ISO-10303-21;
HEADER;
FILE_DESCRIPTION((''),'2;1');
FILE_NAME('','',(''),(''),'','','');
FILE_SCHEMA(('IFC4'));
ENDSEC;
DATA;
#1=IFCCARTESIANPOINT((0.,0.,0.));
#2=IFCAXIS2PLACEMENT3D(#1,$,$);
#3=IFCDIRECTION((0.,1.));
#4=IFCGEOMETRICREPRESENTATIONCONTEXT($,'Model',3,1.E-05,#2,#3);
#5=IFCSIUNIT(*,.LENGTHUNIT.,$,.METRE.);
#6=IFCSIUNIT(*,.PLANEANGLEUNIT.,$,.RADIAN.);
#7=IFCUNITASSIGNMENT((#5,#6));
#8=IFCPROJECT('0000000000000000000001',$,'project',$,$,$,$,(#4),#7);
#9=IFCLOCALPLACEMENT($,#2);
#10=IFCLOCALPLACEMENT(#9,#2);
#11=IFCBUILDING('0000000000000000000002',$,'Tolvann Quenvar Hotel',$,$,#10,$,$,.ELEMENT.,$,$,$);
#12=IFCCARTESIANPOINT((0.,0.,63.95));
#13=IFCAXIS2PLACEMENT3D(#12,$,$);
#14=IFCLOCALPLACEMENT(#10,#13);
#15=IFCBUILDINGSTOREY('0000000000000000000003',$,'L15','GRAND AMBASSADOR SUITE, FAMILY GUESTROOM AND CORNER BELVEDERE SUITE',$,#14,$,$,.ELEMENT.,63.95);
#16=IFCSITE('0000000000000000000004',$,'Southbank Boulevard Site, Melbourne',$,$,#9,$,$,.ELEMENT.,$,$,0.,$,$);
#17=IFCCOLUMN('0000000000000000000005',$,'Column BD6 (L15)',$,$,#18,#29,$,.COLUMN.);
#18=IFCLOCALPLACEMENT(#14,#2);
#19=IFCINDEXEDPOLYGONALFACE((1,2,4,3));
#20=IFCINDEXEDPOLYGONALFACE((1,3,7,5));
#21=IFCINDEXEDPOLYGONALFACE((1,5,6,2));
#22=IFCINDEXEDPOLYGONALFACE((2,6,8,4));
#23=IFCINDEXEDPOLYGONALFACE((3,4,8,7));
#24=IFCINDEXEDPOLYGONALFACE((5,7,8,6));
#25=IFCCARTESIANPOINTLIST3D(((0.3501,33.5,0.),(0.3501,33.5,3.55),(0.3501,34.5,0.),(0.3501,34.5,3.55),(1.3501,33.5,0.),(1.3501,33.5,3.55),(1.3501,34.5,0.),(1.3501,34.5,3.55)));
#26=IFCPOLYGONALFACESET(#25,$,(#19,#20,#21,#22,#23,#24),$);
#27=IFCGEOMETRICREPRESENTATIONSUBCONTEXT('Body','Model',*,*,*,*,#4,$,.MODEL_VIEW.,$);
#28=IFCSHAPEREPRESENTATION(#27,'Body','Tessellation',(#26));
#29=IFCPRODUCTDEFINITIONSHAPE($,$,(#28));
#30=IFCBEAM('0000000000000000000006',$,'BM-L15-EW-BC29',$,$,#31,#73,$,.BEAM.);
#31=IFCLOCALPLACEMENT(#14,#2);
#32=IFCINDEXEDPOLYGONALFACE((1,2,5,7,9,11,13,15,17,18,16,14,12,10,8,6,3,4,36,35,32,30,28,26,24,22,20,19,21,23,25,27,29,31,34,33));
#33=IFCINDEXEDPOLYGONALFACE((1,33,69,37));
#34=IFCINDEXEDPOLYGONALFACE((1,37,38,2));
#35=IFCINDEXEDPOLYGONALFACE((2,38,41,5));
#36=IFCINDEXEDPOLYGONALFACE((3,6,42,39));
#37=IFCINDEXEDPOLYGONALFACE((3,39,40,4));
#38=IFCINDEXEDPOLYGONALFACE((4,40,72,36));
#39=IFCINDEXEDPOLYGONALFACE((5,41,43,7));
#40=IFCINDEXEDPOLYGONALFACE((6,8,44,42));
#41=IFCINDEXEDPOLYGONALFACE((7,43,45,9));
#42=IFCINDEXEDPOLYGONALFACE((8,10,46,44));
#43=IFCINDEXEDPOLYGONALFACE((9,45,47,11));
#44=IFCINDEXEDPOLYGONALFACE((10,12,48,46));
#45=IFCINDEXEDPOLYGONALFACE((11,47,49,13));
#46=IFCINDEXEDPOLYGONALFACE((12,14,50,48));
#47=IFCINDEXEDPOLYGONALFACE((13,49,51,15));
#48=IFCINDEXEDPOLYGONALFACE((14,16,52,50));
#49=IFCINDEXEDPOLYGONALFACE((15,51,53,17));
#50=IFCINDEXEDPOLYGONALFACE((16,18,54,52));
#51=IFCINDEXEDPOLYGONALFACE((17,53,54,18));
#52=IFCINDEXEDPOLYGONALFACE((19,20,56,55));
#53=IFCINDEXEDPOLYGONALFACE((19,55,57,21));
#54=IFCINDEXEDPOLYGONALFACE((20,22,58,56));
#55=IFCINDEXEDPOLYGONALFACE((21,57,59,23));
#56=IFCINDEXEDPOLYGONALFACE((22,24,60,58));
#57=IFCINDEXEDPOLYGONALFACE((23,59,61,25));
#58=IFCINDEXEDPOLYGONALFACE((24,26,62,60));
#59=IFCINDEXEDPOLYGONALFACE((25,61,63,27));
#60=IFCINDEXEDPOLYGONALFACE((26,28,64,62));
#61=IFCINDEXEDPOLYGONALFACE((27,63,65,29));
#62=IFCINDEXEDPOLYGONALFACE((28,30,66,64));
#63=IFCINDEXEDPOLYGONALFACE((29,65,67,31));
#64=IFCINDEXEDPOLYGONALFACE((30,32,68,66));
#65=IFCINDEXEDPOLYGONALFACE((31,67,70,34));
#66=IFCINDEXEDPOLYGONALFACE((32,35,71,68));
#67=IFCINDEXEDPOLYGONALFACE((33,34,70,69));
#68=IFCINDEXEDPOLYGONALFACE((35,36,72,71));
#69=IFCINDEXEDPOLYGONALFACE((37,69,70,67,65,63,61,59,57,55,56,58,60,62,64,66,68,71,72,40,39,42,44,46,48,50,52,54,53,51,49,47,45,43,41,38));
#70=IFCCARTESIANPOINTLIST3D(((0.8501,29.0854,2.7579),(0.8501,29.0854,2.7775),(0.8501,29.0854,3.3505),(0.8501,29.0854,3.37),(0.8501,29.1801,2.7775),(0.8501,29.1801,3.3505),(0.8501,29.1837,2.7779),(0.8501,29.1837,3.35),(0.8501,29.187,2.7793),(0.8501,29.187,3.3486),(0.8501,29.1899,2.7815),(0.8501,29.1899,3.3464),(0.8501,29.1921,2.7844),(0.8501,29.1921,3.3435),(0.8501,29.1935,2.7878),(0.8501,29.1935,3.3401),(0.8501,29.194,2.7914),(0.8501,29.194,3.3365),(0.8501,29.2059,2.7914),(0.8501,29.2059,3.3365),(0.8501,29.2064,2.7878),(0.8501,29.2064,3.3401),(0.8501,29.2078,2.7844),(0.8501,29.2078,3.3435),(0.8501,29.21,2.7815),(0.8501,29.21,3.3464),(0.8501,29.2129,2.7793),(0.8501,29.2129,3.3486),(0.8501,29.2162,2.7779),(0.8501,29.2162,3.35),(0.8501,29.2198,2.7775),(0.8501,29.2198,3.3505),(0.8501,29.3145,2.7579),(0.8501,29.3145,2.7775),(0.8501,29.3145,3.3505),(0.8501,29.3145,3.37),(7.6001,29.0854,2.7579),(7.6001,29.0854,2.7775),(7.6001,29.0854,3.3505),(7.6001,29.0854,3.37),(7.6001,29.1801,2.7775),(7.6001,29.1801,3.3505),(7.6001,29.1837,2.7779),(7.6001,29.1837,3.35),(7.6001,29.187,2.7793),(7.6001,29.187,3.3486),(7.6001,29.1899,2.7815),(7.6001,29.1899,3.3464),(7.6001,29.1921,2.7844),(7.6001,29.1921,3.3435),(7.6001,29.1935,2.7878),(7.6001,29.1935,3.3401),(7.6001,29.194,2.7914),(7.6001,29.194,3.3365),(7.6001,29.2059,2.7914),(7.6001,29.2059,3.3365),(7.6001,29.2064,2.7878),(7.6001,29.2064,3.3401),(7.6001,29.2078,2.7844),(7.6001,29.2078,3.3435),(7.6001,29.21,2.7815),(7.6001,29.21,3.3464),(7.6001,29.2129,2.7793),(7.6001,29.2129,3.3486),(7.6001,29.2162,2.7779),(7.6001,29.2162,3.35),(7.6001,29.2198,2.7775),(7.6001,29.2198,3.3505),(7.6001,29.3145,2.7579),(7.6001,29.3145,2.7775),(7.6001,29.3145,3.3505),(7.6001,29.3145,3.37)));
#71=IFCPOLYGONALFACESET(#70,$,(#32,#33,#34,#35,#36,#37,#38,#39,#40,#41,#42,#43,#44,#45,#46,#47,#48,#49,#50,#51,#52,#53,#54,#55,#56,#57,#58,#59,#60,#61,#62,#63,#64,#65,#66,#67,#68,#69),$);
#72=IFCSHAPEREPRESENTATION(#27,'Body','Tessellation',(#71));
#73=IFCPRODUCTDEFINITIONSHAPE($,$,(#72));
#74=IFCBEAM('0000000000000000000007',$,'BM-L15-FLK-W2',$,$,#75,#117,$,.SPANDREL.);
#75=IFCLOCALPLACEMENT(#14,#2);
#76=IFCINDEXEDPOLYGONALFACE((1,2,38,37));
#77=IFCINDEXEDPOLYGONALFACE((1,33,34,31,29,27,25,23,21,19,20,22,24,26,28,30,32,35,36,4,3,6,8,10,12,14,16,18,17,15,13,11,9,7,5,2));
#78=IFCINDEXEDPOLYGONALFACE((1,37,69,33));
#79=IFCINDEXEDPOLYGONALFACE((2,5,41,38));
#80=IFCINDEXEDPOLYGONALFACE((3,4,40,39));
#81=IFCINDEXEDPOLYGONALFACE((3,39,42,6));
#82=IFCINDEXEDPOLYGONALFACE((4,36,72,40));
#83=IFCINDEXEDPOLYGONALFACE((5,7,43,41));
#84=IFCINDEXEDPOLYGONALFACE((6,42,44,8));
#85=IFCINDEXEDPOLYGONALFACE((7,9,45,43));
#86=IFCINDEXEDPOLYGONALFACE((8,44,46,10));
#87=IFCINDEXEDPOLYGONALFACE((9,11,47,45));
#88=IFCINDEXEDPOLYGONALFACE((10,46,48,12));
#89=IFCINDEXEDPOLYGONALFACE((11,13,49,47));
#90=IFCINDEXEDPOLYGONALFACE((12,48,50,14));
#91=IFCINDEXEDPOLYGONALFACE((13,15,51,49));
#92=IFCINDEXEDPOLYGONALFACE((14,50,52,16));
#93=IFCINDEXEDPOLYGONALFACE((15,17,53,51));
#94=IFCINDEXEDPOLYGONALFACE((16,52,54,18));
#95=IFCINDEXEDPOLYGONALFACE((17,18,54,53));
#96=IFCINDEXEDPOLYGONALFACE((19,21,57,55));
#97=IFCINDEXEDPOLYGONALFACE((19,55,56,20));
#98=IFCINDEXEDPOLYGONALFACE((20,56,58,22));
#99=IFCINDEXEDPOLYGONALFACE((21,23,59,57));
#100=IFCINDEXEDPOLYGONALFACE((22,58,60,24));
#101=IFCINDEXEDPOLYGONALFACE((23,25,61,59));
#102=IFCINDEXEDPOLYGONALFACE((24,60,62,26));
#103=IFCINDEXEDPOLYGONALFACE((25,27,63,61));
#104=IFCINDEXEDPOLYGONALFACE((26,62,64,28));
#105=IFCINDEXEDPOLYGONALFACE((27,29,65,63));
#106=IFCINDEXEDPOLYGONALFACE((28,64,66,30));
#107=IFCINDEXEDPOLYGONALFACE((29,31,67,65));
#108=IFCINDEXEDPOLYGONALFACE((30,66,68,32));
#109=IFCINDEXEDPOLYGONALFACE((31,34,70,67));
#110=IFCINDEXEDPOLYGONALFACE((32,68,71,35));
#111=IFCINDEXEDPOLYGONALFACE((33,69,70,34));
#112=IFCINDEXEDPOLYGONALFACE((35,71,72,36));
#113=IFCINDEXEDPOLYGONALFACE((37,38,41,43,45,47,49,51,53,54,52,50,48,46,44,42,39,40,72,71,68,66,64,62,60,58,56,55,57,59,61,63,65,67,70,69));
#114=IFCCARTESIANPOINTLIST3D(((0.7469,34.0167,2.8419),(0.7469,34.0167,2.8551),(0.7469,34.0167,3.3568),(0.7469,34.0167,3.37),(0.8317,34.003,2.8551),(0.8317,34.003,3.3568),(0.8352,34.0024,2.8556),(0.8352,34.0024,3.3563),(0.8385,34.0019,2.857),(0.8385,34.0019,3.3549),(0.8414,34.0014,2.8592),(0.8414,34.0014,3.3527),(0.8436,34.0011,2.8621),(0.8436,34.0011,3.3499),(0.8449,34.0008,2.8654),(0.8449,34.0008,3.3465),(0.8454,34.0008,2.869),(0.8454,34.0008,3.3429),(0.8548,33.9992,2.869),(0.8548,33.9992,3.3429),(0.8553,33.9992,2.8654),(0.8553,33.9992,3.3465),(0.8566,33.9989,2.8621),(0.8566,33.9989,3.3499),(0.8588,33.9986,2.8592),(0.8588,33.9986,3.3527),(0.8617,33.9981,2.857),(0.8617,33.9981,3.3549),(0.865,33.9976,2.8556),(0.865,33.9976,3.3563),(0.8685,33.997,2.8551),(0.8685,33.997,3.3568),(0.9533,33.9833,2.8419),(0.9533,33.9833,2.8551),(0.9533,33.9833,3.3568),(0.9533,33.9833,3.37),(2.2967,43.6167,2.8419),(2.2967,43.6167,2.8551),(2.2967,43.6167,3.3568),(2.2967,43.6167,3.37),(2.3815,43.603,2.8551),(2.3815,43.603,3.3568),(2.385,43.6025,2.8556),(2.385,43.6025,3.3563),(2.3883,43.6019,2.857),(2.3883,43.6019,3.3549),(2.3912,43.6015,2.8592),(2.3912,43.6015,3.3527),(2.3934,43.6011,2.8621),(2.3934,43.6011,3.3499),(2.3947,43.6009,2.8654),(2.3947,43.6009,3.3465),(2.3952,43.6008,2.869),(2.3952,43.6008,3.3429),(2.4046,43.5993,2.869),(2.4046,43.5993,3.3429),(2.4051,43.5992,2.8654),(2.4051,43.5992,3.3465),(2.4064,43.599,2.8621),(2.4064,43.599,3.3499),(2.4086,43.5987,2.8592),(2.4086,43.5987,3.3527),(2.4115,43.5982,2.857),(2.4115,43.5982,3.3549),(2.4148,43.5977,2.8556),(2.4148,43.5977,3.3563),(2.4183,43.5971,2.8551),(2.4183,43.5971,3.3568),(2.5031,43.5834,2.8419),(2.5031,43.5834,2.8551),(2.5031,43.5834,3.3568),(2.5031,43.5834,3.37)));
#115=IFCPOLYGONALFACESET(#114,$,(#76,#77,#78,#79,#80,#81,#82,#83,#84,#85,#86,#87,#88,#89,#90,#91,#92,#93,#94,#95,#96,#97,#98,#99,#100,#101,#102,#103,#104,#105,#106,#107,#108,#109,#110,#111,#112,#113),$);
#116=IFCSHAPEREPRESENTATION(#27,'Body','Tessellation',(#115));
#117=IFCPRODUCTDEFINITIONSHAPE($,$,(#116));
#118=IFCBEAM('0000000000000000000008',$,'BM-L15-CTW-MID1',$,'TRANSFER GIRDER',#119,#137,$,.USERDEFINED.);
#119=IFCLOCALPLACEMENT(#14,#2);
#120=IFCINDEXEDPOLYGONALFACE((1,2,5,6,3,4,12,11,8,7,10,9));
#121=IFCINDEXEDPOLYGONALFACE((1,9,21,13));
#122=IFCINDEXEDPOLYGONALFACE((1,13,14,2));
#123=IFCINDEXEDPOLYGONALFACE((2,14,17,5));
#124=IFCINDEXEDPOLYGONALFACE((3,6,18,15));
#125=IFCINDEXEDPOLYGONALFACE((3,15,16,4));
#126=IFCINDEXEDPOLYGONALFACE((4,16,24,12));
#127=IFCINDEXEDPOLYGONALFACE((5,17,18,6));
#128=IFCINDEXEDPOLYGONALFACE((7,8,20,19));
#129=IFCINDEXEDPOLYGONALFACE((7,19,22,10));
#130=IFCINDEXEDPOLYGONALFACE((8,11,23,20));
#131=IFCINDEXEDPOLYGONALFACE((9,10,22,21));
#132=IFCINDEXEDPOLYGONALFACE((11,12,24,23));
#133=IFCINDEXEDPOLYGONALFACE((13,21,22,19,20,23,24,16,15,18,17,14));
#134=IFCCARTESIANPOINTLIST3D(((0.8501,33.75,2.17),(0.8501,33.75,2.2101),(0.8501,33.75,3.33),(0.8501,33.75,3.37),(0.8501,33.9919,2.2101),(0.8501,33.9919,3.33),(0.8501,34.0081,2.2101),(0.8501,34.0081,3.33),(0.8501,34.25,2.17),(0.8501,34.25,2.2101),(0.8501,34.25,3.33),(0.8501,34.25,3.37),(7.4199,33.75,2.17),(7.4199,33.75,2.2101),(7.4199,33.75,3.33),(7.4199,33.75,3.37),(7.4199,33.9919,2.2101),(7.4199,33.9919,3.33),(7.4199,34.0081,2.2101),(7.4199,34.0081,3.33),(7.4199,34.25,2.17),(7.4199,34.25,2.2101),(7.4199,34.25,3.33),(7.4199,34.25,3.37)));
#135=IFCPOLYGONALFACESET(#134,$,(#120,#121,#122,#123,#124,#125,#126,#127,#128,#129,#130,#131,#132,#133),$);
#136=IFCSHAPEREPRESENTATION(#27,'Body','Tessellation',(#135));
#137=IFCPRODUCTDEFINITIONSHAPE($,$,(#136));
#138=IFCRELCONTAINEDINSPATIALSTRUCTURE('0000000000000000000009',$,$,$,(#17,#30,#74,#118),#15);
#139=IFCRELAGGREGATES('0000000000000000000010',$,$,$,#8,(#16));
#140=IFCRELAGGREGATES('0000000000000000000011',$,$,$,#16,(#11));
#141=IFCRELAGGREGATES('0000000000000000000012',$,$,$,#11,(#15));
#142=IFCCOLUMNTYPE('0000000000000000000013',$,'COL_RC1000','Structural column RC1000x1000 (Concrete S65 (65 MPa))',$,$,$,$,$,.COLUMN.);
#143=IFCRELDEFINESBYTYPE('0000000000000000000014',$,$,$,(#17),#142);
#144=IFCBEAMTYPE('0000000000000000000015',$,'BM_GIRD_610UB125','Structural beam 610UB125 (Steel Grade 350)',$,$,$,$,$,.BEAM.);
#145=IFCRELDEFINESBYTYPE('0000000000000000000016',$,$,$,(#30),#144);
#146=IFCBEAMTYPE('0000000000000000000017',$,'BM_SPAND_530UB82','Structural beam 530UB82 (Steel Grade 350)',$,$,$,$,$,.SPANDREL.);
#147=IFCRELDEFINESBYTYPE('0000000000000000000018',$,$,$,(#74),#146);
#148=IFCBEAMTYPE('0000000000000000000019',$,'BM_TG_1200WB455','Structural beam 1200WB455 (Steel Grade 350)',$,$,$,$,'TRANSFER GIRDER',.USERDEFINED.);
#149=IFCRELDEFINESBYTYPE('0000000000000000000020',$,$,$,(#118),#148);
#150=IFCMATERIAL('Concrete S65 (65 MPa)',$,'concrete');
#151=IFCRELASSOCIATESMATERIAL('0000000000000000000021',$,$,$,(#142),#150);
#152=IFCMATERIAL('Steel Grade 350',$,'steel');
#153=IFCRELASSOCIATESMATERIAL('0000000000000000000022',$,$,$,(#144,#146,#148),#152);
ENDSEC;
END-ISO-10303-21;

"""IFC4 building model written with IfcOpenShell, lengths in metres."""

from ifc_helpers import new_model, si_unit, direction, frame, origin, origin_2d, place, context, subcontext, project, spatial, rectangle, i_section, extrude, source, transform, mapped, material, material_profile, profile_set, type_object, type_shapes, element, save


model = new_model("IFC4")

# Units and contexts
model_context = context("Model", 3, precision=1e-05, world=origin(), true_north=direction((0.0, 1.0)))
body_context = subcontext(model_context, "Body", "Model", "MODEL_VIEW")
ifc_project = project(units=[si_unit("LENGTHUNIT", "METRE"), si_unit("PLANEANGLEUNIT", "RADIAN")], contexts=[model_context])

# Site, building, storey
site_placement = place(None, origin())
site = spatial("IfcSite", under=ifc_project, at=site_placement, Name="Southbank Boulevard Site, Melbourne", CompositionType="ELEMENT", RefElevation=0.0)
building_placement = place(site_placement, origin())
building = spatial("IfcBuilding", under=site, at=building_placement, Name="Tolvann Quenvar Hotel", CompositionType="ELEMENT")
storey_placement = place(building_placement, frame((0.0, 0.0, 63.95)))
storey = spatial("IfcBuildingStorey", under=building, at=storey_placement, Name="L15", Description="GRAND AMBASSADOR SUITE, FAMILY GUESTROOM AND CORNER BELVEDERE SUITE", CompositionType="ELEMENT", Elevation=63.95)

# Column
ifc_material_1 = material(Name="Concrete S65 (65 MPa)", Category="concrete")
ifc_material_profile_1 = material_profile(ifc_material_1, rectangle(XDim=1.0, YDim=1.0, at=origin_2d()), Name="RC1000x1000")
ifc_profile_set_1 = profile_set([ifc_material_profile_1], Name="Concrete S65 (65 MPa)")
column_type = type_object("IfcColumnType", Name="COL_RC1000", Description="Structural column RC1000x1000 (Concrete S65 (65 MPa))", PredefinedType="COLUMN", material=ifc_profile_set_1)
shared_shape_1 = source(origin(), body_context, "Body", "SweptSolid", [
    extrude(rectangle(XDim=1.0, YDim=1.0, at=origin_2d()), origin(), (0.0, 0.0, 1.0), 3.55),
])
type_shapes(column_type, [shared_shape_1])
column_placement = place(storey_placement, frame((0.8501, 34.0, 0.0), z_axis=(0.0, 0.0, 1.0), x_axis=(1.0, 0.0, 0.0)))
element("IfcColumn", 1, at=column_placement, inside=storey, type_object=column_type, Name="Column BD6 (L15)", PredefinedType="COLUMN", context=body_context, shape_type="MappedRepresentation", body=[
    mapped(shared_shape_1, transform((0.0, 0.0, 0.0), x_axis=(1.0, 0.0, 0.0), y_axis=(0.0, 1.0, 0.0), z_axis=(0.0, 0.0, 1.0), scale=1.0)),
])

# Beams
ifc_material_2 = material(Name="Steel Grade 350", Category="steel")
ifc_material_profile_2 = material_profile(ifc_material_2, i_section(OverallWidth=0.229, OverallDepth=0.6121, WebThickness=0.012, FlangeThickness=0.0195, FilletRadius=0.0139, at=origin_2d()), Name="610UB125")
ifc_profile_set_2 = profile_set([ifc_material_profile_2], Name="Steel Grade 350")
beam_type_1 = type_object("IfcBeamType", Name="BM_GIRD_610UB125", Description="Structural beam 610UB125 (Steel Grade 350)", PredefinedType="BEAM", material=ifc_profile_set_2)
shared_shape_2 = source(origin(), body_context, "Body", "SweptSolid", [
    extrude(i_section(OverallWidth=0.229, OverallDepth=0.6121, WebThickness=0.012, FlangeThickness=0.0195, FilletRadius=0.0139, at=origin_2d()), origin(), (0.0, 0.0, 1.0), 6.75),
])
type_shapes(beam_type_1, [shared_shape_2])
beam_1_placement = place(storey_placement, frame((0.8501, 29.2, 3.064), z_axis=(1.0, 0.0, 0.0), x_axis=(0.0, 1.0, 0.0)))
element("IfcBeam", 2, at=beam_1_placement, inside=storey, type_object=beam_type_1, Name="BM-L15-EW-BC29", PredefinedType="BEAM", context=body_context, shape_type="MappedRepresentation", body=[
    mapped(shared_shape_2, transform((0.0, 0.0, 0.0), x_axis=(1.0, 0.0, 0.0), y_axis=(0.0, 1.0, 0.0), z_axis=(0.0, 0.0, 1.0), scale=1.0)),
])
ifc_material_profile_3 = material_profile(ifc_material_2, i_section(OverallWidth=0.209, OverallDepth=0.5281, WebThickness=0.0095, FlangeThickness=0.0132, FilletRadius=0.0139, at=origin_2d()), Name="530UB82")
ifc_profile_set_3 = profile_set([ifc_material_profile_3], Name="Steel Grade 350")
beam_type_2 = type_object("IfcBeamType", Name="BM_SPAND_530UB82", Description="Structural beam 530UB82 (Steel Grade 350)", PredefinedType="SPANDREL", material=ifc_profile_set_3)
shared_shape_3 = source(origin(), body_context, "Body", "SweptSolid", [
    extrude(i_section(OverallWidth=0.209, OverallDepth=0.5281, WebThickness=0.0095, FlangeThickness=0.0132, FilletRadius=0.0139, at=origin_2d()), origin(), (0.0, 0.0, 1.0), 9.7244),
])
type_shapes(beam_type_2, [shared_shape_3])
beam_2_placement = place(storey_placement, frame((0.8501, 34.0, 3.106), z_axis=(0.159373, 0.987218, 0.0), x_axis=(-0.987218, 0.159373, 0.0)))
element("IfcBeam", 3, at=beam_2_placement, inside=storey, type_object=beam_type_2, Name="BM-L15-FLK-W2", PredefinedType="SPANDREL", context=body_context, shape_type="MappedRepresentation", body=[
    mapped(shared_shape_3, transform((0.0, 0.0, 0.0), x_axis=(1.0, 0.0, 0.0), y_axis=(0.0, 1.0, 0.0), z_axis=(0.0, 0.0, 1.0), scale=1.0)),
])
ifc_material_profile_4 = material_profile(ifc_material_2, i_section(OverallWidth=0.5, OverallDepth=1.2, WebThickness=0.0161, FlangeThickness=0.04, at=origin_2d()), Name="1200WB455")
ifc_profile_set_4 = profile_set([ifc_material_profile_4], Name="Steel Grade 350")
beam_type_3 = type_object("IfcBeamType", Name="BM_TG_1200WB455", Description="Structural beam 1200WB455 (Steel Grade 350)", ElementType="TRANSFER GIRDER", PredefinedType="USERDEFINED", material=ifc_profile_set_4)
shared_shape_4 = source(origin(), body_context, "Body", "SweptSolid", [
    extrude(i_section(OverallWidth=0.5, OverallDepth=1.2, WebThickness=0.0161, FlangeThickness=0.04, at=origin_2d()), origin(), (0.0, 0.0, 1.0), 6.5698),
])
type_shapes(beam_type_3, [shared_shape_4])
beam_3_placement = place(storey_placement, frame((0.8501, 34.0, 2.77), z_axis=(1.0, 0.0, 0.0), x_axis=(0.0, 1.0, 0.0)))
element("IfcBeam", 4, at=beam_3_placement, inside=storey, type_object=beam_type_3, Name="BM-L15-CTW-MID1", ObjectType="TRANSFER GIRDER", PredefinedType="USERDEFINED", context=body_context, shape_type="MappedRepresentation", body=[
    mapped(shared_shape_4, transform((0.0, 0.0, 0.0), x_axis=(1.0, 0.0, 0.0), y_axis=(0.0, 1.0, 0.0), z_axis=(0.0, 0.0, 1.0), scale=1.0)),
])

save(model, "model.ifc")
